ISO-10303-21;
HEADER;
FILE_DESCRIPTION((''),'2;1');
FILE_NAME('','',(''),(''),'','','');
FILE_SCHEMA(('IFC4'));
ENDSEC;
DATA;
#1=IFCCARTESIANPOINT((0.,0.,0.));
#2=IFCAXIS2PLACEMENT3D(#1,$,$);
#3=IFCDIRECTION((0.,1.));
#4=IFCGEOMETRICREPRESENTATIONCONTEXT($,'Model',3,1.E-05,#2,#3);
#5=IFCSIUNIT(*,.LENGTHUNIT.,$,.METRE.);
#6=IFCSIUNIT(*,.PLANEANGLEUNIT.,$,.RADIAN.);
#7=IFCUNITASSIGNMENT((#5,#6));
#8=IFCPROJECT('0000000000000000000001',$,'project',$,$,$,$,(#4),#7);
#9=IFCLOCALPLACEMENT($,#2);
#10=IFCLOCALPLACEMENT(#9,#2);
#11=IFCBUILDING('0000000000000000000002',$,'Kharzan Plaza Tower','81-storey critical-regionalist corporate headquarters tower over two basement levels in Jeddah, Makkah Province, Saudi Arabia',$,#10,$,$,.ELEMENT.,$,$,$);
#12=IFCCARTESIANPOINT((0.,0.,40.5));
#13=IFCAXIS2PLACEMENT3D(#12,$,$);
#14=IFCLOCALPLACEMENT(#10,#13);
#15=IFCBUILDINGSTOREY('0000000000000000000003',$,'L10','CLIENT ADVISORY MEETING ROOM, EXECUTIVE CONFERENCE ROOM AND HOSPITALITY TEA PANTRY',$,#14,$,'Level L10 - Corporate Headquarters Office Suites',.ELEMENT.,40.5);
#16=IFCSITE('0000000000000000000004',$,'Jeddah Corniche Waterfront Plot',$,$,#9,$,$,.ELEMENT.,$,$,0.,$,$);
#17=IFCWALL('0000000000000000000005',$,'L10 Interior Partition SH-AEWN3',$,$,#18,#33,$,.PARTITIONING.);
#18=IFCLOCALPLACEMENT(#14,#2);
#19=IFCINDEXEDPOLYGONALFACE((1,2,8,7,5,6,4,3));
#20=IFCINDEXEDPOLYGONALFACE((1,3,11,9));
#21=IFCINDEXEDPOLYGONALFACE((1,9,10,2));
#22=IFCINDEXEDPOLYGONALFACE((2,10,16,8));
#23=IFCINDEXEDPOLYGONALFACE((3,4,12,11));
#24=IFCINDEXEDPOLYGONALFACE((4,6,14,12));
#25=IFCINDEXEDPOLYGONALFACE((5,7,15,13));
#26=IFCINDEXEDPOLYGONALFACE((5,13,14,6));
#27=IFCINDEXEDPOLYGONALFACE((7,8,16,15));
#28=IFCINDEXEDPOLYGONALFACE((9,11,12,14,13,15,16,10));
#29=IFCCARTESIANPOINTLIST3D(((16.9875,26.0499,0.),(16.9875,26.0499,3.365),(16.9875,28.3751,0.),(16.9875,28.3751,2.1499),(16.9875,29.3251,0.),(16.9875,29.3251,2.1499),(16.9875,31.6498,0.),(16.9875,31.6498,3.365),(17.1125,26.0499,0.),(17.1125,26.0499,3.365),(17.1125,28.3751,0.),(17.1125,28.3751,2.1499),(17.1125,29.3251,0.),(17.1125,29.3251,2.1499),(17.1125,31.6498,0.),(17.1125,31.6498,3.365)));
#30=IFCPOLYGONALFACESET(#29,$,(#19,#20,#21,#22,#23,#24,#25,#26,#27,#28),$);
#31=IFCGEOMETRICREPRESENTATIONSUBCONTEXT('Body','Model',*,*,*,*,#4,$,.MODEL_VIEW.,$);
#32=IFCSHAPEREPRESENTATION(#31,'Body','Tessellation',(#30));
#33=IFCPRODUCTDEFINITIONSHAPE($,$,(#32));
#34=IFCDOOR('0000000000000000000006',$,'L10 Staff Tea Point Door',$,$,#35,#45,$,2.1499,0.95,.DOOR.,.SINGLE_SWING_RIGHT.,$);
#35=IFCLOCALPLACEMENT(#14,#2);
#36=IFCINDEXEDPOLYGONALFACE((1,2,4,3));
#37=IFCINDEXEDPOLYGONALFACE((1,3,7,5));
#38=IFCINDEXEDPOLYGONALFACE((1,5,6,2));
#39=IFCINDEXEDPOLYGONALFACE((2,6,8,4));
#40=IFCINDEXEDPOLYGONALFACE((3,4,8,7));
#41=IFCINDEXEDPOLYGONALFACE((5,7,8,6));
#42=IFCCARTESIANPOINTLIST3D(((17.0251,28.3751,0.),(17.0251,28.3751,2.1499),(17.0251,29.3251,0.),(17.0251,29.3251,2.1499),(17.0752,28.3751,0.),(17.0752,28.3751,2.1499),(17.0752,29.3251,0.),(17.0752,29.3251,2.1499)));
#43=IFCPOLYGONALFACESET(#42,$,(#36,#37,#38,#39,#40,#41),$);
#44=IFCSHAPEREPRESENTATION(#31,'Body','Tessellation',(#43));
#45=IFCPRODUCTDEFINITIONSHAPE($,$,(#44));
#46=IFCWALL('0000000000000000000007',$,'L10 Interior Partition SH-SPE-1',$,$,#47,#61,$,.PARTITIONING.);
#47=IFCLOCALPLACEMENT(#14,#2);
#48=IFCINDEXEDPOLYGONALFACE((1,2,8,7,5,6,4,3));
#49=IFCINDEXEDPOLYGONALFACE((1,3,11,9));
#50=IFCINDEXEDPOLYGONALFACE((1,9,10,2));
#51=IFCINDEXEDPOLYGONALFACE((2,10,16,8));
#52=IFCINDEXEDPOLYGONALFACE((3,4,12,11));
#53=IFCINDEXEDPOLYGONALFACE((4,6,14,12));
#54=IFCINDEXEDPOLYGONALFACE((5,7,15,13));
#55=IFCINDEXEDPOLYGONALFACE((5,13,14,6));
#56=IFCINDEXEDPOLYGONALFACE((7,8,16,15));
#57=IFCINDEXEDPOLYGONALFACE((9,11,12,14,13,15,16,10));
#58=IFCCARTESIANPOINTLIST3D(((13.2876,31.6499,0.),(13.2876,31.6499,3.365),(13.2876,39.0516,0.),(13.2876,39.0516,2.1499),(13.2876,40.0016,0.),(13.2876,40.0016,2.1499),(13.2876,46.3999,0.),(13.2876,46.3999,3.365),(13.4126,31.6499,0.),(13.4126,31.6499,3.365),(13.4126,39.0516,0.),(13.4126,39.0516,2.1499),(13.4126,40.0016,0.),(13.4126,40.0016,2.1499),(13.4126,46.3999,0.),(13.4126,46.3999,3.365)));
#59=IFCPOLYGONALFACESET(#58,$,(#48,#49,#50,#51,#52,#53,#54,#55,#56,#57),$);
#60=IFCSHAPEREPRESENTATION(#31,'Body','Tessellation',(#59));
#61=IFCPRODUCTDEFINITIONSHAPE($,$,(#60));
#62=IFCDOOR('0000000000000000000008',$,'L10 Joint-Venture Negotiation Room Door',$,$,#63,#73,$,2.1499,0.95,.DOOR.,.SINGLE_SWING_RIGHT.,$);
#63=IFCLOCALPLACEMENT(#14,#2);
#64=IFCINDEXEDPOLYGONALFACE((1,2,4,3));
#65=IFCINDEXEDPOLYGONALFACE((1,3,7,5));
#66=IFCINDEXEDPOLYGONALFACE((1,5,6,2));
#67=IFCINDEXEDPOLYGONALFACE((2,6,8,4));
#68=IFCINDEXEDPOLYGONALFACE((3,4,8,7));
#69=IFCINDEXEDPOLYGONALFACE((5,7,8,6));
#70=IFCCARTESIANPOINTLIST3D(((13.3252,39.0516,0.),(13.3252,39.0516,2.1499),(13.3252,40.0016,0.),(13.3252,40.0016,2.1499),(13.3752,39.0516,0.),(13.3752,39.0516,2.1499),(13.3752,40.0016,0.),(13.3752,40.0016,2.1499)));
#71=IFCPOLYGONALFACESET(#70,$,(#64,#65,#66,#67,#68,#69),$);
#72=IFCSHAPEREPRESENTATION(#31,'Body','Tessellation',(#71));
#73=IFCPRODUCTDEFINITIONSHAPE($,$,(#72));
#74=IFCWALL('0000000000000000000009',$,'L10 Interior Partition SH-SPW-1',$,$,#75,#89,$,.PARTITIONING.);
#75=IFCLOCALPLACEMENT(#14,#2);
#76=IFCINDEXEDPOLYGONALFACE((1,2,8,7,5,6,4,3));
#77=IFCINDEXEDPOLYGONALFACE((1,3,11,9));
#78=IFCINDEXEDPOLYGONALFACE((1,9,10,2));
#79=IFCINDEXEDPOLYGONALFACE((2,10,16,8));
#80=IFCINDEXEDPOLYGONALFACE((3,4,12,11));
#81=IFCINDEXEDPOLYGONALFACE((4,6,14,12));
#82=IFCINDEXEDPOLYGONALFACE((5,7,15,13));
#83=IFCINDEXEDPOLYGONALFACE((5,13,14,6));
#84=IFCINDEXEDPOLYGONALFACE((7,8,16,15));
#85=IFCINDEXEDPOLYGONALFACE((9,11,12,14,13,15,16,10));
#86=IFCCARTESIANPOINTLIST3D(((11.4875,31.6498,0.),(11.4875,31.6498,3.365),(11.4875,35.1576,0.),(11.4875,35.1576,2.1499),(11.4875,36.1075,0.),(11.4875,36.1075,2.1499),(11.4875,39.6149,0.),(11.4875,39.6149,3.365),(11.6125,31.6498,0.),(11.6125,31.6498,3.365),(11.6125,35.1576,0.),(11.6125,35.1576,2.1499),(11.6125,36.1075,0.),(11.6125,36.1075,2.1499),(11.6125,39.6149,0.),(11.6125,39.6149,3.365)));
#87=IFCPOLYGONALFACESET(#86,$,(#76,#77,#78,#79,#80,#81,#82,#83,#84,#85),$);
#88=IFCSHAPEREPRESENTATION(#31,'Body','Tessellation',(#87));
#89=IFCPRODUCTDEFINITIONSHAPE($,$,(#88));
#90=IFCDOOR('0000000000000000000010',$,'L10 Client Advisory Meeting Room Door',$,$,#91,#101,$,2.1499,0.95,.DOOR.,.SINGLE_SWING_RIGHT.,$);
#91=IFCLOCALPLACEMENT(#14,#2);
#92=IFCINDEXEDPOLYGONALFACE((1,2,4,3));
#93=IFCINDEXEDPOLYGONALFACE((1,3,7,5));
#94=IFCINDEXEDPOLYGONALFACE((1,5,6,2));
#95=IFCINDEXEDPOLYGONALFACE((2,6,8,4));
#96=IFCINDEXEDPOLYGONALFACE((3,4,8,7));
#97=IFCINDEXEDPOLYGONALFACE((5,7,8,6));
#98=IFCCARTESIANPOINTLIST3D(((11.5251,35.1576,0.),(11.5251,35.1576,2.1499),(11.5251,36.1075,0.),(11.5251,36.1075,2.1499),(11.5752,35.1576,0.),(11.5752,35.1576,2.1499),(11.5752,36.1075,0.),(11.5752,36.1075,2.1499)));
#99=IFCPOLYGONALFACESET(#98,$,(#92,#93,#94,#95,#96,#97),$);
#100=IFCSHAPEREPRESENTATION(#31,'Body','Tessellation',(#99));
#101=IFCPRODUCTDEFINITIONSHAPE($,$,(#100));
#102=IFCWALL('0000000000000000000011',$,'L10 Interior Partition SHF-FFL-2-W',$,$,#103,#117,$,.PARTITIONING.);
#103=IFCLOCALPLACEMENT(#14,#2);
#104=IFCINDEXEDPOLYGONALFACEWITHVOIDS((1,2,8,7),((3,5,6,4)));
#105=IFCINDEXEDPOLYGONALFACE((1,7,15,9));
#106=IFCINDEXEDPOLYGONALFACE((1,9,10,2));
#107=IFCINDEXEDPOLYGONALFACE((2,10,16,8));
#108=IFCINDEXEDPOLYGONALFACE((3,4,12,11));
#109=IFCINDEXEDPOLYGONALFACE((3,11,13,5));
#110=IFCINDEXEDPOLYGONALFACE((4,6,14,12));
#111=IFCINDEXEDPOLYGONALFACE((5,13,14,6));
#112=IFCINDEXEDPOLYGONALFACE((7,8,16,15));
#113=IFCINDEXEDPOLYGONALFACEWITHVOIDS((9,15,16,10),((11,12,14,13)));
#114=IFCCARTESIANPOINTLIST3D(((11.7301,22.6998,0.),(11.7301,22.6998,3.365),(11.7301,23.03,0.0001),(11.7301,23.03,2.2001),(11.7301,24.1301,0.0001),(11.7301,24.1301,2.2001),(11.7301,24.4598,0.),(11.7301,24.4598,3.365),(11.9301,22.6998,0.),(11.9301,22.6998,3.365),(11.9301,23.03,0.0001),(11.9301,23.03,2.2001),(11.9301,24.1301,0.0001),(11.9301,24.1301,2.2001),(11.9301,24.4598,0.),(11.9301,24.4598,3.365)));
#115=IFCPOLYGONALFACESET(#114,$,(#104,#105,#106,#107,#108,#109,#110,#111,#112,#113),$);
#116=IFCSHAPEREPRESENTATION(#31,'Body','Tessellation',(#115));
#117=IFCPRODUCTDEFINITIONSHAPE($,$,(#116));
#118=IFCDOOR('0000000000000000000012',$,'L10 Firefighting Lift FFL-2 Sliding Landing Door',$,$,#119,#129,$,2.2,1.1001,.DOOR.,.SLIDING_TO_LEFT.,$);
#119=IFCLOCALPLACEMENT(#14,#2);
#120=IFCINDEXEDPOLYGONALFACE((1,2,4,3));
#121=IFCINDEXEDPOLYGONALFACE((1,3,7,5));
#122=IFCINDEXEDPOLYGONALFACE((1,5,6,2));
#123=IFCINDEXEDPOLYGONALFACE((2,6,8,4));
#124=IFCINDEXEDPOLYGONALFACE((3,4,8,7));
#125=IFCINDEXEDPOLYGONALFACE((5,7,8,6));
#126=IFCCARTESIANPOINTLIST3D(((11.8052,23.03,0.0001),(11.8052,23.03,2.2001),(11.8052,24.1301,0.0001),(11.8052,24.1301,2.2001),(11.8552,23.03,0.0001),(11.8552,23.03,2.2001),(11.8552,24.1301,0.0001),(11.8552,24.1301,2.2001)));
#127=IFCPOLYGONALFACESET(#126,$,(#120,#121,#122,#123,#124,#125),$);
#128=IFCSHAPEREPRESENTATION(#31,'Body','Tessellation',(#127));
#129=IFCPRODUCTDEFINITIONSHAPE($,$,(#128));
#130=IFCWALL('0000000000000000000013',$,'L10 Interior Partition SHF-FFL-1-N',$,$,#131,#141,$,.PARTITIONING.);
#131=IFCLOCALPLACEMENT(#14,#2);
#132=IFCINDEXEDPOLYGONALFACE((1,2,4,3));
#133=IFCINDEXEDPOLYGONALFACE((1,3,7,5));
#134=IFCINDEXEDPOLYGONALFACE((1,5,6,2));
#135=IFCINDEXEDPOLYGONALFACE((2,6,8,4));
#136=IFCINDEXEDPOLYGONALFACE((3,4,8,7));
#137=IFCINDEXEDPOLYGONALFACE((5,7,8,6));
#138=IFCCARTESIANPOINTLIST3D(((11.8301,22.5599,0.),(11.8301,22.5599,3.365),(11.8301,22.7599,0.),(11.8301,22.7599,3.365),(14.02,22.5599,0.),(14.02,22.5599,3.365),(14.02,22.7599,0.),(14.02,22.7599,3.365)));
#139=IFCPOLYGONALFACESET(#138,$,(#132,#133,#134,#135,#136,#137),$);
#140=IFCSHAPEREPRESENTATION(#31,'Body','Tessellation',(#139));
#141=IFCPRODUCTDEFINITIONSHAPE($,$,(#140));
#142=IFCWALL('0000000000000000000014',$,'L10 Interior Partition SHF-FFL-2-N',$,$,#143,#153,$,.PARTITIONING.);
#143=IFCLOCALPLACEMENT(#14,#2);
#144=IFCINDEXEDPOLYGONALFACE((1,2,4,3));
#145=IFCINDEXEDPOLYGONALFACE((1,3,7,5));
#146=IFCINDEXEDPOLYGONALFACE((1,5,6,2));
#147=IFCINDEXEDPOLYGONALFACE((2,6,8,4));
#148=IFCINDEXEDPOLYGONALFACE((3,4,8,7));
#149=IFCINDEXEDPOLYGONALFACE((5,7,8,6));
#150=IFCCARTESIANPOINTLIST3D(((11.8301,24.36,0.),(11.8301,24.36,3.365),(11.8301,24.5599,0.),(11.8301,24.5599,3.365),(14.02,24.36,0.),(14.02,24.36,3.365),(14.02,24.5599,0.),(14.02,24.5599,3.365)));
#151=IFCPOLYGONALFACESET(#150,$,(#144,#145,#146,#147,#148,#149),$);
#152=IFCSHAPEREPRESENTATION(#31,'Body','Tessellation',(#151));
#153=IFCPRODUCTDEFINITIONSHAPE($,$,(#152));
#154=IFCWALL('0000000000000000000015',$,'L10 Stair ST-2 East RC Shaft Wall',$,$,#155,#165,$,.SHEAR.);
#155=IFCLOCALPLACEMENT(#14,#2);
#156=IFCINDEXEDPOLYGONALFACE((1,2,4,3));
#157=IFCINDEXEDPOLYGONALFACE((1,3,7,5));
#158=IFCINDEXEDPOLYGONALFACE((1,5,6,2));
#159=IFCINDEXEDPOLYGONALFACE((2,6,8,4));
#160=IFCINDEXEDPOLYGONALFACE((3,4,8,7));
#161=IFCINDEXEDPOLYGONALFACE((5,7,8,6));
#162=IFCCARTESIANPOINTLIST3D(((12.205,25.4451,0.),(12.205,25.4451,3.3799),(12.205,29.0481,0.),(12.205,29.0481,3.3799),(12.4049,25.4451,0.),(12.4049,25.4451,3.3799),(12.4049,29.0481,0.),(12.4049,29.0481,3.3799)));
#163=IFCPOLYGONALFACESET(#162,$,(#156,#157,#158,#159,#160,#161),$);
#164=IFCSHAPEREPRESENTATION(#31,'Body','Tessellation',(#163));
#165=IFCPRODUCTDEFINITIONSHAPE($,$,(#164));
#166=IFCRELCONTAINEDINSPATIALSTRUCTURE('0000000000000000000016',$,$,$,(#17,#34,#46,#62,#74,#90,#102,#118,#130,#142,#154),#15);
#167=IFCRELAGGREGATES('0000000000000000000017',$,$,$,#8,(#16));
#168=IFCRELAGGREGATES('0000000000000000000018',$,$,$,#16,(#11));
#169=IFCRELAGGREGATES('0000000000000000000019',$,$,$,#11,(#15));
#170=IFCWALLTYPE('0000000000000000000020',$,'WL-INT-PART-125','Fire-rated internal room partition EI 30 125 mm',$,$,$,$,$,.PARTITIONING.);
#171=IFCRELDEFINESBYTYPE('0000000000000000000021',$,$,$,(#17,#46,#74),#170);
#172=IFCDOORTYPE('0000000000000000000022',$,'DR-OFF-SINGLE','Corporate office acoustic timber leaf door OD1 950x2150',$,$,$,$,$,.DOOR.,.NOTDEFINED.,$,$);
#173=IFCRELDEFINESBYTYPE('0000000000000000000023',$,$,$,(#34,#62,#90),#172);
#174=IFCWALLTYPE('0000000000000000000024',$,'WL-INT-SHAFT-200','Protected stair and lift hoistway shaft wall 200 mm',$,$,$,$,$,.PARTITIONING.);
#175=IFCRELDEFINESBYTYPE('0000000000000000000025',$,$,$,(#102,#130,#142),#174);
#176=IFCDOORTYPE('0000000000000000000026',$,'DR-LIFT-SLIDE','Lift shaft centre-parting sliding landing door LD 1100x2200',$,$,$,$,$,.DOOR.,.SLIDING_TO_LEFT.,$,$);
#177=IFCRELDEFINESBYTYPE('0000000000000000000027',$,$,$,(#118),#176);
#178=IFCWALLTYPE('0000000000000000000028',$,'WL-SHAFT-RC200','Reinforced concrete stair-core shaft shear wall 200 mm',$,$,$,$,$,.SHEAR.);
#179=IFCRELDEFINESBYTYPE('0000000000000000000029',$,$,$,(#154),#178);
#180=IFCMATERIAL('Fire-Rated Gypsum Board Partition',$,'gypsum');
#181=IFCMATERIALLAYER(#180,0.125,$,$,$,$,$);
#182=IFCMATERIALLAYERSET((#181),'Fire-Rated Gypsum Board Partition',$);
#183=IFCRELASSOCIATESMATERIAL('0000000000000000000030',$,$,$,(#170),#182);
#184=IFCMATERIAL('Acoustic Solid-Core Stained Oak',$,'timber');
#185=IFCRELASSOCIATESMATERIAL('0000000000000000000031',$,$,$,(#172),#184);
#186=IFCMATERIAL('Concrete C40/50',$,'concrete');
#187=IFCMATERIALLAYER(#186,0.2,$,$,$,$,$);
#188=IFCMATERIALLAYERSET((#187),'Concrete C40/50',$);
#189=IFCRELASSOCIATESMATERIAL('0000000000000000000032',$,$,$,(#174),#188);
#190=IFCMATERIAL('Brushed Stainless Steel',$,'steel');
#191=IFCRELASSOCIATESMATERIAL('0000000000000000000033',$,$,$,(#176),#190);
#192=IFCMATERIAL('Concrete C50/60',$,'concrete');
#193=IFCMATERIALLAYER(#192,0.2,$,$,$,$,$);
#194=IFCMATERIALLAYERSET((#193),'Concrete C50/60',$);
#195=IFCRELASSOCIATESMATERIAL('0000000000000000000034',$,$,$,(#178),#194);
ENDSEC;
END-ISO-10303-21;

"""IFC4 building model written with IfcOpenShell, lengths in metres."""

from ifc_helpers import new_model, si_unit, direction, frame, frame_2d, origin, place, context, subcontext, project, spatial, rectangle, extrude, source, transform, mapped, material, layer, layer_set, type_object, element, fill, save


model = new_model("IFC4")

# Units and contexts
model_context = context("Model", 3, precision=1e-05, world=origin(), true_north=direction((0.0, 1.0)))
body_context = subcontext(model_context, "Body", "Model", "MODEL_VIEW")
ifc_project = project(units=[si_unit("LENGTHUNIT", "METRE"), si_unit("PLANEANGLEUNIT", "RADIAN")], contexts=[model_context])

# Site, building, storey
site_placement = place(None, origin())
site = spatial("IfcSite", under=ifc_project, at=site_placement, Name="Jeddah Corniche Waterfront Plot", CompositionType="ELEMENT", RefElevation=0.0)
building_placement = place(site_placement, origin())
building = spatial("IfcBuilding", under=site, at=building_placement, Name="Kharzan Plaza Tower", Description="81-storey critical-regionalist corporate headquarters tower over two basement levels in Jeddah, Makkah Province, Saudi Arabia", CompositionType="ELEMENT")
storey_placement = place(building_placement, frame((0.0, 0.0, 40.5)))
storey = spatial("IfcBuildingStorey", under=building, at=storey_placement, Name="L10", Description="CLIENT ADVISORY MEETING ROOM, EXECUTIVE CONFERENCE ROOM AND HOSPITALITY TEA PANTRY", LongName="Level L10 - Corporate Headquarters Office Suites", CompositionType="ELEMENT", Elevation=40.5)

# Walls, openings, doors
ifc_material_1 = material(Name="Fire-Rated Gypsum Board Partition", Category="gypsum")
ifc_layer_1 = layer(ifc_material_1, 0.125)
ifc_layer_set_1 = layer_set([ifc_layer_1], Name="Fire-Rated Gypsum Board Partition")
wall_type_1 = type_object("IfcWallType", Name="WL-INT-PART-125", Description="Fire-rated internal room partition EI 30 125 mm", PredefinedType="PARTITIONING", material=ifc_layer_set_1)
wall_1_placement = place(storey_placement, frame((17.05, 26.05, 0.0), z_axis=(0.0, 0.0, 1.0), x_axis=(0.0, 1.0, 0.0)))
wall_1 = element("IfcWall", 1, at=wall_1_placement, inside=storey, type_object=wall_type_1, Name="L10 Interior Partition SH-AEWN3", PredefinedType="PARTITIONING", context=body_context, shape_type="SweptSolid", body=[
    extrude(rectangle(XDim=5.5999, YDim=0.125, at=frame_2d((2.7998, 0.0))), origin(), (0.0, 0.0, 1.0), 3.365),
])
opening_1_placement = place(wall_1_placement, frame((2.325, 0.0, 0.0)))
opening_1 = element("IfcOpeningElement", 2, at=opening_1_placement, cuts=wall_1, PredefinedType="OPENING", context=body_context, shape_type="SweptSolid", body=[
    extrude(rectangle(XDim=0.95, YDim=2.1499, at=frame_2d((0.4751, 1.075))), frame((0.0, 0.0725, 0.0), z_axis=(0.0, -1.0, 0.0), x_axis=(1.0, 0.0, 0.0)), (0.0, 0.0, 1.0), 0.145),
])
ifc_material_2 = material(Name="Acoustic Solid-Core Stained Oak", Category="timber")
door_type_1 = type_object("IfcDoorType", Name="DR-OFF-SINGLE", Description="Corporate office acoustic timber leaf door OD1 950x2150", OperationType="NOTDEFINED", PredefinedType="DOOR", material=ifc_material_2)
shared_shape_1 = source(origin(), body_context, "Body", "SweptSolid", [
    extrude(rectangle(XDim=0.95, YDim=2.1499, at=frame_2d((0.4751, 1.075))), frame((0.0, 0.0249, 0.0), z_axis=(0.0, -1.0, 0.0), x_axis=(1.0, 0.0, 0.0)), (0.0, 0.0, 1.0), 0.05),
])
door_1_placement = place(opening_1_placement, origin())
door_1 = element("IfcDoor", 3, at=door_1_placement, inside=storey, type_object=door_type_1, Name="L10 Staff Tea Point Door", OperationType="SINGLE_SWING_RIGHT", OverallHeight=2.1499, OverallWidth=0.95, PredefinedType="DOOR", context=body_context, shape_type="MappedRepresentation", body=[
    mapped(shared_shape_1, transform((0.0, 0.0, 0.0), x_axis=(1.0, 0.0, 0.0), y_axis=(0.0, 1.0, 0.0), z_axis=(0.0, 0.0, 1.0))),
])
fill(opening_1, door_1)
wall_2_placement = place(storey_placement, frame((13.3501, 31.6499, 0.0), z_axis=(0.0, 0.0, 1.0), x_axis=(0.0, 1.0, 0.0)))
wall_2 = element("IfcWall", 4, at=wall_2_placement, inside=storey, type_object=wall_type_1, Name="L10 Interior Partition SH-SPE-1", PredefinedType="PARTITIONING", context=body_context, shape_type="SweptSolid", body=[
    extrude(rectangle(XDim=14.75, YDim=0.125, at=frame_2d((7.375, 0.0))), origin(), (0.0, 0.0, 1.0), 3.365),
])
opening_2_placement = place(wall_2_placement, frame((7.4016, 0.0, 0.0)))
opening_2 = element("IfcOpeningElement", 5, at=opening_2_placement, cuts=wall_2, PredefinedType="OPENING", context=body_context, shape_type="SweptSolid", body=[
    extrude(rectangle(XDim=0.95, YDim=2.1499, at=frame_2d((0.4751, 1.075))), frame((0.0, 0.0725, 0.0), z_axis=(0.0, -1.0, 0.0), x_axis=(1.0, 0.0, 0.0)), (0.0, 0.0, 1.0), 0.145),
])
door_2_placement = place(opening_2_placement, origin())
door_2 = element("IfcDoor", 6, at=door_2_placement, inside=storey, type_object=door_type_1, Name="L10 Joint-Venture Negotiation Room Door", OperationType="SINGLE_SWING_RIGHT", OverallHeight=2.1499, OverallWidth=0.95, PredefinedType="DOOR", context=body_context, shape_type="MappedRepresentation", body=[
    mapped(shared_shape_1, transform((0.0, 0.0, 0.0), x_axis=(1.0, 0.0, 0.0), y_axis=(0.0, 1.0, 0.0), z_axis=(0.0, 0.0, 1.0))),
])
fill(opening_2, door_2)
wall_3_placement = place(storey_placement, frame((11.55, 31.6499, 0.0), z_axis=(0.0, 0.0, 1.0), x_axis=(0.0, 1.0, 0.0)))
wall_3 = element("IfcWall", 7, at=wall_3_placement, inside=storey, type_object=wall_type_1, Name="L10 Interior Partition SH-SPW-1", PredefinedType="PARTITIONING", context=body_context, shape_type="SweptSolid", body=[
    extrude(rectangle(XDim=7.9651, YDim=0.125, at=frame_2d((3.9824, 0.0))), origin(), (0.0, 0.0, 1.0), 3.365),
])
opening_3_placement = place(wall_3_placement, frame((3.5076, 0.0, 0.0)))
opening_3 = element("IfcOpeningElement", 8, at=opening_3_placement, cuts=wall_3, PredefinedType="OPENING", context=body_context, shape_type="SweptSolid", body=[
    extrude(rectangle(XDim=0.95, YDim=2.1499, at=frame_2d((0.4751, 1.075))), frame((0.0, 0.0725, 0.0), z_axis=(0.0, -1.0, 0.0), x_axis=(1.0, 0.0, 0.0)), (0.0, 0.0, 1.0), 0.145),
])
door_3_placement = place(opening_3_placement, origin())
door_3 = element("IfcDoor", 9, at=door_3_placement, inside=storey, type_object=door_type_1, Name="L10 Client Advisory Meeting Room Door", OperationType="SINGLE_SWING_RIGHT", OverallHeight=2.1499, OverallWidth=0.95, PredefinedType="DOOR", context=body_context, shape_type="MappedRepresentation", body=[
    mapped(shared_shape_1, transform((0.0, 0.0, 0.0), x_axis=(1.0, 0.0, 0.0), y_axis=(0.0, 1.0, 0.0), z_axis=(0.0, 0.0, 1.0))),
])
fill(opening_3, door_3)
ifc_material_3 = material(Name="Concrete C40/50", Category="concrete")
ifc_layer_2 = layer(ifc_material_3, 0.2)
ifc_layer_set_2 = layer_set([ifc_layer_2], Name="Concrete C40/50")
wall_type_2 = type_object("IfcWallType", Name="WL-INT-SHAFT-200", Description="Protected stair and lift hoistway shaft wall 200 mm", PredefinedType="PARTITIONING", material=ifc_layer_set_2)
wall_4_placement = place(storey_placement, frame((11.8301, 22.7, 0.0), z_axis=(0.0, 0.0, 1.0), x_axis=(0.0, 1.0, 0.0)))
wall_4 = element("IfcWall", 10, at=wall_4_placement, inside=storey, type_object=wall_type_2, Name="L10 Interior Partition SHF-FFL-2-W", PredefinedType="PARTITIONING", context=body_context, shape_type="SweptSolid", body=[
    extrude(rectangle(XDim=1.76, YDim=0.2, at=frame_2d((0.8799, 0.0))), origin(), (0.0, 0.0, 1.0), 3.365),
])
opening_4_placement = place(wall_4_placement, frame((0.3301, 0.0, 0.0)))
opening_4 = element("IfcOpeningElement", 11, at=opening_4_placement, cuts=wall_4, PredefinedType="OPENING", context=body_context, shape_type="SweptSolid", body=[
    extrude(rectangle(XDim=1.1001, YDim=2.2, at=frame_2d((0.55, 1.1001))), frame((0.0, 0.1099, 0.0), z_axis=(0.0, -1.0, 0.0), x_axis=(1.0, 0.0, 0.0)), (0.0, 0.0, 1.0), 0.22),
])
ifc_material_4 = material(Name="Brushed Stainless Steel", Category="steel")
door_type_2 = type_object("IfcDoorType", Name="DR-LIFT-SLIDE", Description="Lift shaft centre-parting sliding landing door LD 1100x2200", OperationType="SLIDING_TO_LEFT", PredefinedType="DOOR", material=ifc_material_4)
shared_shape_2 = source(origin(), body_context, "Body", "SweptSolid", [
    extrude(rectangle(XDim=1.1001, YDim=2.2, at=frame_2d((0.55, 1.1001))), frame((0.0, 0.0249, 0.0), z_axis=(0.0, -1.0, 0.0), x_axis=(1.0, 0.0, 0.0)), (0.0, 0.0, 1.0), 0.05),
])
door_4_placement = place(opening_4_placement, origin())
door_4 = element("IfcDoor", 12, at=door_4_placement, inside=storey, type_object=door_type_2, Name="L10 Firefighting Lift FFL-2 Sliding Landing Door", OperationType="SLIDING_TO_LEFT", OverallHeight=2.2, OverallWidth=1.1001, PredefinedType="DOOR", context=body_context, shape_type="MappedRepresentation", body=[
    mapped(shared_shape_2, transform((0.0, 0.0, 0.0), x_axis=(1.0, 0.0, 0.0), y_axis=(0.0, 1.0, 0.0), z_axis=(0.0, 0.0, 1.0))),
])
fill(opening_4, door_4)

# Walls
shared_shape_3 = source(origin(), body_context, "Body", "SweptSolid", [
    extrude(rectangle(XDim=2.1899, YDim=0.2, at=frame_2d((1.095, 0.0))), origin(), (0.0, 0.0, 1.0), 3.365),
])
for number, where, z_axis, x_axis, name in (
    (13, (11.8301, 22.6599, 0.0), (0.0, 0.0, 1.0), (1.0, 0.0, 0.0), "L10 Interior Partition SHF-FFL-1-N"),
    (14, (11.8301, 24.46, 0.0), (0.0, 0.0, 1.0), (1.0, 0.0, 0.0), "L10 Interior Partition SHF-FFL-2-N"),
):
    element("IfcWall", number, at=place(storey_placement, frame(where, z_axis=z_axis, x_axis=x_axis)), inside=storey, type_object=wall_type_2, Name=name, PredefinedType="PARTITIONING", context=body_context, shape_type="MappedRepresentation", body=[
        mapped(shared_shape_3, transform((0.0, 0.0, 0.0), x_axis=(1.0, 0.0, 0.0), y_axis=(0.0, 1.0, 0.0), z_axis=(0.0, 0.0, 1.0))),
    ])
ifc_material_5 = material(Name="Concrete C50/60", Category="concrete")
ifc_layer_3 = layer(ifc_material_5, 0.2)
ifc_layer_set_3 = layer_set([ifc_layer_3], Name="Concrete C50/60")
wall_type_3 = type_object("IfcWallType", Name="WL-SHAFT-RC200", Description="Reinforced concrete stair-core shaft shear wall 200 mm", PredefinedType="SHEAR", material=ifc_layer_set_3)
shared_shape_4 = source(origin(), body_context, "Body", "SweptSolid", [
    extrude(rectangle(XDim=3.603, YDim=0.2, at=frame_2d((1.8015, 0.0))), origin(), (0.0, 0.0, 1.0), 3.3799),
])
wall_5_placement = place(storey_placement, frame((12.3049, 25.4451, 0.0), z_axis=(0.0, 0.0, 1.0), x_axis=(0.0, 1.0, 0.0)))
element("IfcWall", 15, at=wall_5_placement, inside=storey, type_object=wall_type_3, Name="L10 Stair ST-2 East RC Shaft Wall", PredefinedType="SHEAR", context=body_context, shape_type="MappedRepresentation", body=[
    mapped(shared_shape_4, transform((0.0, 0.0, 0.0), x_axis=(1.0, 0.0, 0.0), y_axis=(0.0, 1.0, 0.0), z_axis=(0.0, 0.0, 1.0))),
])

save(model, "model.ifc")
